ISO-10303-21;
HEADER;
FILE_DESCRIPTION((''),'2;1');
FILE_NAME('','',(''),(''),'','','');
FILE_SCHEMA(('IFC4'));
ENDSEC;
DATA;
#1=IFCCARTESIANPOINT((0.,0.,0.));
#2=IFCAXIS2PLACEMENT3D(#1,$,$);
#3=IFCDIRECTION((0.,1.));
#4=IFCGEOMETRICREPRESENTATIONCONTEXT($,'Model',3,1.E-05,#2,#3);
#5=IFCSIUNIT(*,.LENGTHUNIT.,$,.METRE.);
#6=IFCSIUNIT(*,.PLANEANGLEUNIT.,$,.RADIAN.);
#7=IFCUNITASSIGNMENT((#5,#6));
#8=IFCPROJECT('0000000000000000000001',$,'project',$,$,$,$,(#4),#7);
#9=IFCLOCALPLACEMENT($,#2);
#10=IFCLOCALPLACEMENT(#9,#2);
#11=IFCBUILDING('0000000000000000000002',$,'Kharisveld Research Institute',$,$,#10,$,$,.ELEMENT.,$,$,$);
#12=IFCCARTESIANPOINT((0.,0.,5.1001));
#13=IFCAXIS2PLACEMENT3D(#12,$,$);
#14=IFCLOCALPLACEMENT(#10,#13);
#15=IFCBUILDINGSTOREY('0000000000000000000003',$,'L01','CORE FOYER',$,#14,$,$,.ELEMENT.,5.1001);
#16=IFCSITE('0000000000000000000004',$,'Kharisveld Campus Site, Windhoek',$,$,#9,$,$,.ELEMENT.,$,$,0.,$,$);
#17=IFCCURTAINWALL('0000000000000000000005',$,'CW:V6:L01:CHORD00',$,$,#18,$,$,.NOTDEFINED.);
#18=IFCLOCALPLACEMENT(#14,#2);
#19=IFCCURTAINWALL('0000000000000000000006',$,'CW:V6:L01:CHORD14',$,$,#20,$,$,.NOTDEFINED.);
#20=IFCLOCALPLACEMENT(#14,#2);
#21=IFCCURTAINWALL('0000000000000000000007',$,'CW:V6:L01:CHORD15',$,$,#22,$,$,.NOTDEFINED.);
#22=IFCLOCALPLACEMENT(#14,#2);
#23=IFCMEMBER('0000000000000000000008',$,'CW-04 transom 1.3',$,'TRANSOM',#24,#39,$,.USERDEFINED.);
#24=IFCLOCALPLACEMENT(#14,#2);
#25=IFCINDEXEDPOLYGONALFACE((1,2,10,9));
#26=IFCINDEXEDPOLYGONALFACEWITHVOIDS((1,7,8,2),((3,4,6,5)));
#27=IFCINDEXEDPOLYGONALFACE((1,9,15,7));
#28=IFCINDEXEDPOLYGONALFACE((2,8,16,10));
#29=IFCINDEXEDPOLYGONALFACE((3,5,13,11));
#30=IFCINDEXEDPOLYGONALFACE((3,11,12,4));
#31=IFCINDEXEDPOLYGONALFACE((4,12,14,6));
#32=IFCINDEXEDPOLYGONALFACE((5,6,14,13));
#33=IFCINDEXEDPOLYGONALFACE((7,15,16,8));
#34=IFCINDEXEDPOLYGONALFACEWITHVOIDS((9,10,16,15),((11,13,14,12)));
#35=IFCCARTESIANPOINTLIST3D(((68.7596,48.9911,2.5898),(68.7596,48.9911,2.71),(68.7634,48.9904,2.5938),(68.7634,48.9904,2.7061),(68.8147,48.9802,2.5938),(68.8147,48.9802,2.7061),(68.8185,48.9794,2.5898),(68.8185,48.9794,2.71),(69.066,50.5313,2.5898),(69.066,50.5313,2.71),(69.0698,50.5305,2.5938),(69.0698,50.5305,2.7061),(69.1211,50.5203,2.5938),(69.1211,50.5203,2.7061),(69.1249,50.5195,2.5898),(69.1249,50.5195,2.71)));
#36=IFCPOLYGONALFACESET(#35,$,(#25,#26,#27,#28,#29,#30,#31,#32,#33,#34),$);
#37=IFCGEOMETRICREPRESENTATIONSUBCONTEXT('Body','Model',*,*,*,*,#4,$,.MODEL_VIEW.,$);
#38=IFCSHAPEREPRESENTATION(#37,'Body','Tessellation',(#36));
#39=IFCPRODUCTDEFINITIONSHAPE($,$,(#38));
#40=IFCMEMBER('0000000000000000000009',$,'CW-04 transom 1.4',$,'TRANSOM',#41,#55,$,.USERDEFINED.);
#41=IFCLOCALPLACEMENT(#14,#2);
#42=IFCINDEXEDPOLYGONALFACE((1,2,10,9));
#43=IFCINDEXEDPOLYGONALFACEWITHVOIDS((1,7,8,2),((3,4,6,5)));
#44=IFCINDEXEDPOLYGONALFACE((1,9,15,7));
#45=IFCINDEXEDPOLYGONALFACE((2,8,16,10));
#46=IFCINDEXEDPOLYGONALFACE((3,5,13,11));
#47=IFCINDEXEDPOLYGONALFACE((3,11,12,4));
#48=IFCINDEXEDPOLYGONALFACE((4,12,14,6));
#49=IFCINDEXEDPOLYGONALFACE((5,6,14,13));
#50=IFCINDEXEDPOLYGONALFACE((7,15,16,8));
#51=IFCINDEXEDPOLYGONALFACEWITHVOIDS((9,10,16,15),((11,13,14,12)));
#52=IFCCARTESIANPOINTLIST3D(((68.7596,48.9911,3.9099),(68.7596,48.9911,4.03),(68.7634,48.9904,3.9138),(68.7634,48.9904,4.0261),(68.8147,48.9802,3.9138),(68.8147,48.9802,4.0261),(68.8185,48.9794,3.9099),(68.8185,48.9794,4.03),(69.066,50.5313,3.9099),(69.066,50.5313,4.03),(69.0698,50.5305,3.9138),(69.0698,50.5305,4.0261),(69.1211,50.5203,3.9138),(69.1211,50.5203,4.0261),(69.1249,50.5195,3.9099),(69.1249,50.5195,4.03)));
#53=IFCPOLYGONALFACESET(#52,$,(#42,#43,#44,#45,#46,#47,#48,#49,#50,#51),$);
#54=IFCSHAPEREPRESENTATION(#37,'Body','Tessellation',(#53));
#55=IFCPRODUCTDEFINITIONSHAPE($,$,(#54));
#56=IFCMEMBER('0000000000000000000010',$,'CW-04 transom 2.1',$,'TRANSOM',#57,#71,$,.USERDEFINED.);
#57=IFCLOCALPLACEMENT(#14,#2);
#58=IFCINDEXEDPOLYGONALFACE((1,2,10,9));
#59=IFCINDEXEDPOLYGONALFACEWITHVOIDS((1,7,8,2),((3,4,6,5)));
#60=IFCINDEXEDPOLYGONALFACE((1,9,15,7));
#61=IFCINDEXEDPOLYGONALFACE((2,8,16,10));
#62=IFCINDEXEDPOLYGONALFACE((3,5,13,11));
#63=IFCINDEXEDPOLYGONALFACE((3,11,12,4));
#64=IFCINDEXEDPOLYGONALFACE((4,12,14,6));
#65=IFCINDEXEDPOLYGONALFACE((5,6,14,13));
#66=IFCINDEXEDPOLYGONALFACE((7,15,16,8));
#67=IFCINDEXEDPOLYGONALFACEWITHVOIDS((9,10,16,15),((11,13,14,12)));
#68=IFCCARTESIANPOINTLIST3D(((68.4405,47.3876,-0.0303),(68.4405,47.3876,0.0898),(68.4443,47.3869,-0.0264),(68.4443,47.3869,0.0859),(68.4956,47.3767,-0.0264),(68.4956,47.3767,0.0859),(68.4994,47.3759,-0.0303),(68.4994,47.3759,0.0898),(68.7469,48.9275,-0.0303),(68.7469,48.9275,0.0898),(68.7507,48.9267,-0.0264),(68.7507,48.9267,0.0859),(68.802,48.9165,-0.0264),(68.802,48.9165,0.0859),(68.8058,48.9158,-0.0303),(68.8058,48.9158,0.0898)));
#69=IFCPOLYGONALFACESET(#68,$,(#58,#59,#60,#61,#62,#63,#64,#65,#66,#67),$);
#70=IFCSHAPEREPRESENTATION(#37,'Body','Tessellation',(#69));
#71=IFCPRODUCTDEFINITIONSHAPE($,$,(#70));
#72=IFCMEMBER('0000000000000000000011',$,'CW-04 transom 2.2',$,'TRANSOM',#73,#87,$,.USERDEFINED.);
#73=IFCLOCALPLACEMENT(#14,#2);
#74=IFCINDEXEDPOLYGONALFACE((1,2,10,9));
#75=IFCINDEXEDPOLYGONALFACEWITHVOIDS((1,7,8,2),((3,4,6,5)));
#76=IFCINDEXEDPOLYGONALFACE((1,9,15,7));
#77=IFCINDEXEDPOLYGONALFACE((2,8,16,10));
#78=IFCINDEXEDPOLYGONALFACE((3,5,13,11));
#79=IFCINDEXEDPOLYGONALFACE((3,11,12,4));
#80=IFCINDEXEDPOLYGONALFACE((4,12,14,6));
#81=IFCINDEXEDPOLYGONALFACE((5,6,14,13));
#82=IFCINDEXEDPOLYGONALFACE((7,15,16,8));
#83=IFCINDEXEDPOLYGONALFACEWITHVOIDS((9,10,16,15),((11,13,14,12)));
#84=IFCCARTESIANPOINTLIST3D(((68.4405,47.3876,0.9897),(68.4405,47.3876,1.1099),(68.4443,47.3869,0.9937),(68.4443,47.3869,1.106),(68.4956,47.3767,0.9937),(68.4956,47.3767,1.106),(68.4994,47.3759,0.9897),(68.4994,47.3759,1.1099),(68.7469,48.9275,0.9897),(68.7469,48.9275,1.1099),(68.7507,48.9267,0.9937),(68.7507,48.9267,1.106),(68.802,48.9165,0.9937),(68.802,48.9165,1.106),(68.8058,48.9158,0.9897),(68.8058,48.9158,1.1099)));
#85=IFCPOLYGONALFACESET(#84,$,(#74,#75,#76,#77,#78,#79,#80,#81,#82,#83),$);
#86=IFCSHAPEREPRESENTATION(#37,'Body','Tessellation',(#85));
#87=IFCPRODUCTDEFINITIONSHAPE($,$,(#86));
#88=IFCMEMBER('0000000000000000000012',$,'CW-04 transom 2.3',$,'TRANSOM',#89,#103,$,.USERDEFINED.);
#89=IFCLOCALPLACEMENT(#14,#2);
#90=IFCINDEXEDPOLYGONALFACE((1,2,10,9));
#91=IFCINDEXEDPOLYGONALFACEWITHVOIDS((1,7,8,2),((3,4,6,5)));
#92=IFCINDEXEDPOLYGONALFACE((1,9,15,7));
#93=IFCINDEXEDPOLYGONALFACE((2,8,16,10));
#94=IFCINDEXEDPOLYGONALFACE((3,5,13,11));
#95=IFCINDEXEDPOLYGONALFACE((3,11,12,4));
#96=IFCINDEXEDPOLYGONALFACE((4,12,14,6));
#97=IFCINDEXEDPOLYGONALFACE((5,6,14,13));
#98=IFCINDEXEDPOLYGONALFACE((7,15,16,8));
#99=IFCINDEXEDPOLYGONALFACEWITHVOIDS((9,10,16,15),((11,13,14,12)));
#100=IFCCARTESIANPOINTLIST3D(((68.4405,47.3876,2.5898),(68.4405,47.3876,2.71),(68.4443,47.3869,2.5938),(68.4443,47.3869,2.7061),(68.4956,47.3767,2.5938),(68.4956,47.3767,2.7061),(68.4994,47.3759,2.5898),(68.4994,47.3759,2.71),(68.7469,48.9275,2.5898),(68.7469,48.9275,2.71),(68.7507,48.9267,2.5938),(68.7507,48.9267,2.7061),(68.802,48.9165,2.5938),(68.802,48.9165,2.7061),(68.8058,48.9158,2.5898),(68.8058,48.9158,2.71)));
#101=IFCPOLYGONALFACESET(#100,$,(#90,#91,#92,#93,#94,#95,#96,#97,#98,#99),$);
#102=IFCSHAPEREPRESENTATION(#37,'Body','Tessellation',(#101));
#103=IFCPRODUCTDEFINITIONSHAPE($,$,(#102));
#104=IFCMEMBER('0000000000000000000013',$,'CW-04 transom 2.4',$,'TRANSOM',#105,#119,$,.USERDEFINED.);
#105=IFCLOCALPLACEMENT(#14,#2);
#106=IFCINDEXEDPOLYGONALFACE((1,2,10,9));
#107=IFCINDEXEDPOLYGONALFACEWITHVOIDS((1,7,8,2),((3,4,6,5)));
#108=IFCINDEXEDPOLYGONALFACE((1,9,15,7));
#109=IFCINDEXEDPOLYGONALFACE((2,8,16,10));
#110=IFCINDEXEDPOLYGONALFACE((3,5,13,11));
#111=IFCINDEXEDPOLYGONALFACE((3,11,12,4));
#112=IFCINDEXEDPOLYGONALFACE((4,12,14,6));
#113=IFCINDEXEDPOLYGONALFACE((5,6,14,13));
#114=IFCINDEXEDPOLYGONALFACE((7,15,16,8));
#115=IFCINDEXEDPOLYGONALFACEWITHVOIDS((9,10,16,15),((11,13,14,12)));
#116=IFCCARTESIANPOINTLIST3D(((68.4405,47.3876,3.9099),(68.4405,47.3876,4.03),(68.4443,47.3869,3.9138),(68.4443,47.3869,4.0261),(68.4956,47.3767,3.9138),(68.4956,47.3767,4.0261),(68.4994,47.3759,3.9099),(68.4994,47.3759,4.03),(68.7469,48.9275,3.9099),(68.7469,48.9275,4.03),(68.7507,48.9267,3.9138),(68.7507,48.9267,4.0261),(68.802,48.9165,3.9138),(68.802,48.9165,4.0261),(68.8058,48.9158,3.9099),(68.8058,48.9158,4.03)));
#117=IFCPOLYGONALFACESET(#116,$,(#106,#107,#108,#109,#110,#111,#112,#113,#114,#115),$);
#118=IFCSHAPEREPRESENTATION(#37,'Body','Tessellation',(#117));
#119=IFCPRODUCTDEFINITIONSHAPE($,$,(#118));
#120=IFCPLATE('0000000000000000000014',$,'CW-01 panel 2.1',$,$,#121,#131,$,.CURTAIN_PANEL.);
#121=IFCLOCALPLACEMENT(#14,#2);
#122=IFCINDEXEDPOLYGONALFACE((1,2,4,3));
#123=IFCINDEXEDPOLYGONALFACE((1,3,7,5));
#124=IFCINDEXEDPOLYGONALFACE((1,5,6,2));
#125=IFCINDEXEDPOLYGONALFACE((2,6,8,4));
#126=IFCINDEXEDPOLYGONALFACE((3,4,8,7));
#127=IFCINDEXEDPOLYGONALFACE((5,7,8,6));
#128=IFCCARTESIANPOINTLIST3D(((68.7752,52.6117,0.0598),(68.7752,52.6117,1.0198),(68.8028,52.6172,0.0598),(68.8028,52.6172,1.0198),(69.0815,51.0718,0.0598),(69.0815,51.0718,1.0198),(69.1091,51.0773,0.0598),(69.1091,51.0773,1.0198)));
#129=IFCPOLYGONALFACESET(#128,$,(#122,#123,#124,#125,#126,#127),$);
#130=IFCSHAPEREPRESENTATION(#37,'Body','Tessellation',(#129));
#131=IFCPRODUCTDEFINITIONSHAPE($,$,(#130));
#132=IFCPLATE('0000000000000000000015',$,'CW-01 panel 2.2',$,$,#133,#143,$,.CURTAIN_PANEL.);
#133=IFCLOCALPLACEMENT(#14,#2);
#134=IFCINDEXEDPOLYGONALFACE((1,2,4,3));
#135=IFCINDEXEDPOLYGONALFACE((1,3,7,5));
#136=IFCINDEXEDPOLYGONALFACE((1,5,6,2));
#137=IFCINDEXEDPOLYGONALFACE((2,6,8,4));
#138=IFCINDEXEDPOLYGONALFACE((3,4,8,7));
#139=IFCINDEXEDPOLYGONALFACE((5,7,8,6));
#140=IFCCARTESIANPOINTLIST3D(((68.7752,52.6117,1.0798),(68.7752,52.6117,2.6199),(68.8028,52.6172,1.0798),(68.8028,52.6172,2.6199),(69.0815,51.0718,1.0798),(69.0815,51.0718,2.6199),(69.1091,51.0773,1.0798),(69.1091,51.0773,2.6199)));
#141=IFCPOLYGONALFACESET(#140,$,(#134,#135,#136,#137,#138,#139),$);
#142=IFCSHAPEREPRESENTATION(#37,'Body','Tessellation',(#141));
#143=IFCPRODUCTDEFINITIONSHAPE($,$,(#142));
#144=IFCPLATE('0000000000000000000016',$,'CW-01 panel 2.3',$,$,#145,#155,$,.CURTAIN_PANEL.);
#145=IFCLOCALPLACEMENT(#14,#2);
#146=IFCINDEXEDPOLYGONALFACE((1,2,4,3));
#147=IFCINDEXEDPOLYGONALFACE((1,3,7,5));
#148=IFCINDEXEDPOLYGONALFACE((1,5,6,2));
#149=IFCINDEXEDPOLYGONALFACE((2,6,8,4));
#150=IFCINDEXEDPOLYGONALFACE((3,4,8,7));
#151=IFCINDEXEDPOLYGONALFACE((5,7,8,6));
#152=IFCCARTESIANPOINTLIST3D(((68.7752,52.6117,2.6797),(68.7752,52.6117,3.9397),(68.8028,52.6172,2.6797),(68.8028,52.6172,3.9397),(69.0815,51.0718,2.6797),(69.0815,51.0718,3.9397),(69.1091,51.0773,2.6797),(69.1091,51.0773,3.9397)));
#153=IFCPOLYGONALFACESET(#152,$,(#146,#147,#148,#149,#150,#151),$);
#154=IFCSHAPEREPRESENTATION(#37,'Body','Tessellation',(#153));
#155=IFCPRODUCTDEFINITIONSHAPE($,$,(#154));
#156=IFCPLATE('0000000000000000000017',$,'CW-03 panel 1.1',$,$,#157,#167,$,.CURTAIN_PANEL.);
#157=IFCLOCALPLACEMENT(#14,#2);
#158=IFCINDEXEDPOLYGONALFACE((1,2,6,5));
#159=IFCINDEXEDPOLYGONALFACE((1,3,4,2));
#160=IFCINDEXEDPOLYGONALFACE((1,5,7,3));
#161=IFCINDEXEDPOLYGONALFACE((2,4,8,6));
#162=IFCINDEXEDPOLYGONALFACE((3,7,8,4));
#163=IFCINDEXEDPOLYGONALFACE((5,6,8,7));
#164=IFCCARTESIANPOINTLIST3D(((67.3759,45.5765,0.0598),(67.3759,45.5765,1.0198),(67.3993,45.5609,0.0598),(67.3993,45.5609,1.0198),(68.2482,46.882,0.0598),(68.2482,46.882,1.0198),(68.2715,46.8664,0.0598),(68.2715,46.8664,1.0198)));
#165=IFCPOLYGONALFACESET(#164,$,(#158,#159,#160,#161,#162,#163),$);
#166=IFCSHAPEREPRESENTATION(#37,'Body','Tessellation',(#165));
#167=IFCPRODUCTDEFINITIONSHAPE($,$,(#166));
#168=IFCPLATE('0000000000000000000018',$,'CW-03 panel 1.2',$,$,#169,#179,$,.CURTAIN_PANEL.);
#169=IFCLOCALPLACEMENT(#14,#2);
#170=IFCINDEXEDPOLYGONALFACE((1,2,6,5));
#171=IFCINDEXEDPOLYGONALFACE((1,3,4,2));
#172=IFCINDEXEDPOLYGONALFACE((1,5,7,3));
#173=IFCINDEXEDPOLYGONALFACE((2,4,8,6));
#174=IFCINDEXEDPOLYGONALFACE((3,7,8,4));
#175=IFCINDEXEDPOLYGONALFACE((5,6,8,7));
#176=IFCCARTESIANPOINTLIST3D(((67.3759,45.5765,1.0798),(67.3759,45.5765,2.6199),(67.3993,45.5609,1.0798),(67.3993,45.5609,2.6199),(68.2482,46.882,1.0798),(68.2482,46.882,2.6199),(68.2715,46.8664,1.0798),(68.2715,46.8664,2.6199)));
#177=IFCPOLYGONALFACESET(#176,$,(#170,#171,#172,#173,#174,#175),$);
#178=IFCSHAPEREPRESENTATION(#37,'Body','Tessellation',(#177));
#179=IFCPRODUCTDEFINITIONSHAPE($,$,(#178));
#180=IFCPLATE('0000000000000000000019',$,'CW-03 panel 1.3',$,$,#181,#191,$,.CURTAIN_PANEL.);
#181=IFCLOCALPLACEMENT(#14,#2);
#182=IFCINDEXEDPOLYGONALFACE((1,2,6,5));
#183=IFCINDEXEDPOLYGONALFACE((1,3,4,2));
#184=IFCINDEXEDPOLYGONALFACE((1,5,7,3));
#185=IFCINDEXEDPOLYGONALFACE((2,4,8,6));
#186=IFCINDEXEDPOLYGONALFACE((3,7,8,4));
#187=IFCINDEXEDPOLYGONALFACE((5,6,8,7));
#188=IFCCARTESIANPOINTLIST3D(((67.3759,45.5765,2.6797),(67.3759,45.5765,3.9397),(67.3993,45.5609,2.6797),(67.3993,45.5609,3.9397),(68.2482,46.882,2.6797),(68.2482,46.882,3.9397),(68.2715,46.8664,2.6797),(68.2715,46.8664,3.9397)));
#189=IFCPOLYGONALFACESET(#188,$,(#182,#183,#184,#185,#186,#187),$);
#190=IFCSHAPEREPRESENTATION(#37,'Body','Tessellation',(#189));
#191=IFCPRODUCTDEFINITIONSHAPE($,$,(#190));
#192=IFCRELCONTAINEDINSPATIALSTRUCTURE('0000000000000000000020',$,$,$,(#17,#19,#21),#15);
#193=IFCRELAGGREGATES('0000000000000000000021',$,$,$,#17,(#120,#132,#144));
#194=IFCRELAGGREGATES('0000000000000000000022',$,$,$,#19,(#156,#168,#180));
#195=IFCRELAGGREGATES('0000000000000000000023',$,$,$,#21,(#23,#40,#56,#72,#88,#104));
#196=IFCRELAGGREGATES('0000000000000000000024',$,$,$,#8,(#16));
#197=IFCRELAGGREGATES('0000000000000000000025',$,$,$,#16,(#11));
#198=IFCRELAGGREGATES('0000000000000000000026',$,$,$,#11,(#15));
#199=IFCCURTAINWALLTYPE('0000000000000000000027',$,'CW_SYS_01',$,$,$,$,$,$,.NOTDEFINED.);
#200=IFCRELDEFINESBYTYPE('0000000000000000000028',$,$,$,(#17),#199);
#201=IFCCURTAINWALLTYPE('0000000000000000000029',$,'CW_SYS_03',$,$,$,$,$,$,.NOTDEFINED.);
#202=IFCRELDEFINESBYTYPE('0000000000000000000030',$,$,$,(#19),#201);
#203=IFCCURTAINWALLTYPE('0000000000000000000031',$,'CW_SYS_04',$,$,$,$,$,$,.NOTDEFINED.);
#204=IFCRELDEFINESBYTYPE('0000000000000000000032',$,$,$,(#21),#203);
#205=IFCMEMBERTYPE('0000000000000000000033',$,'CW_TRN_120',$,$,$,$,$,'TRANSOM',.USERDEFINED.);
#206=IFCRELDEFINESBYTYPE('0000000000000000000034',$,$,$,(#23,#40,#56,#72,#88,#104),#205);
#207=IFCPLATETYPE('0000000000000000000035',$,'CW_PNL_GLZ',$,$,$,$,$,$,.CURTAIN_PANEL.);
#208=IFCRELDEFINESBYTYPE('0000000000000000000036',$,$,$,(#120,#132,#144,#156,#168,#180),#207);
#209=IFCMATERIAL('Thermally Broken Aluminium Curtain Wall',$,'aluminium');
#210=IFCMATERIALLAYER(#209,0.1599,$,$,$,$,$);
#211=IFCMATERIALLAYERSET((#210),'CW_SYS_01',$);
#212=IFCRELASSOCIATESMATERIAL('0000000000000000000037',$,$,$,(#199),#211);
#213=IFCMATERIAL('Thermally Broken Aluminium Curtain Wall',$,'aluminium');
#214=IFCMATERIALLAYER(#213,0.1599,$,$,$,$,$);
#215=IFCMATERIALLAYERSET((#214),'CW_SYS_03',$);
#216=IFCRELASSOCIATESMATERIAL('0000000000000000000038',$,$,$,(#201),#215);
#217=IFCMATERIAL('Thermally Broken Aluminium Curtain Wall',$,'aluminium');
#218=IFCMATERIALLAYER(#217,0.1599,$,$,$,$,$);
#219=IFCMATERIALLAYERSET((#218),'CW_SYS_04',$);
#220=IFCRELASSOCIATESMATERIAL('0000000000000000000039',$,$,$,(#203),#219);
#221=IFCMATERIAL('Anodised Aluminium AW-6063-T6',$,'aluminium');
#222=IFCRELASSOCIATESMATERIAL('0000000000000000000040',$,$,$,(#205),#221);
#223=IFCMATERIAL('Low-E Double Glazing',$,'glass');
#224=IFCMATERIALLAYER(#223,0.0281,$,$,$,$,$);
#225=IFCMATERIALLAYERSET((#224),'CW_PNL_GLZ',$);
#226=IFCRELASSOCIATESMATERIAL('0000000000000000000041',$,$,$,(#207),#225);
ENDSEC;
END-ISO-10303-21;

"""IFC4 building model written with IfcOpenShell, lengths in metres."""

from ifc_helpers import new_model, si_unit, direction, frame, origin, origin_2d, place, context, subcontext, project, spatial, rectangle, hollow_rectangle, extrude, material, layer, layer_set, material_profile, profile_set, type_object, element, aggregate, save


model = new_model("IFC4")

# Units and contexts
model_context = context("Model", 3, precision=1e-05, world=origin(), true_north=direction((0.0, 1.0)))
body_context = subcontext(model_context, "Body", "Model", "MODEL_VIEW")
ifc_project = project(units=[si_unit("LENGTHUNIT", "METRE"), si_unit("PLANEANGLEUNIT", "RADIAN")], contexts=[model_context])

# Site, building, storey
site_placement = place(None, origin())
site = spatial("IfcSite", under=ifc_project, at=site_placement, Name="Kharisveld Campus Site, Windhoek", CompositionType="ELEMENT", RefElevation=0.0)
building_placement = place(site_placement, origin())
building = spatial("IfcBuilding", under=site, at=building_placement, Name="Kharisveld Research Institute", CompositionType="ELEMENT")
storey_placement = place(building_placement, frame((0.0, 0.0, 5.1001)))
storey = spatial("IfcBuildingStorey", under=building, at=storey_placement, Name="L01", Description="CORE FOYER", CompositionType="ELEMENT", Elevation=5.1001)

# Curtain walls
ifc_material_1 = material(Name="Thermally Broken Aluminium Curtain Wall", Category="aluminium")
ifc_layer_1 = layer(ifc_material_1, 0.1599)
ifc_layer_set_1 = layer_set([ifc_layer_1], Name="CW_SYS_01")
curtain_wall_type_1 = type_object("IfcCurtainWallType", Name="CW_SYS_01", PredefinedType="NOTDEFINED", material=ifc_layer_set_1)
curtain_wall_1_placement = place(storey_placement, origin())
curtain_wall_1 = element("IfcCurtainWall", 1, at=curtain_wall_1_placement, inside=storey, type_object=curtain_wall_type_1, Name="CW:V6:L01:CHORD00", PredefinedType="NOTDEFINED")
ifc_material_2 = material(Name="Thermally Broken Aluminium Curtain Wall", Category="aluminium")
ifc_layer_2 = layer(ifc_material_2, 0.1599)
ifc_layer_set_2 = layer_set([ifc_layer_2], Name="CW_SYS_03")
curtain_wall_type_2 = type_object("IfcCurtainWallType", Name="CW_SYS_03", PredefinedType="NOTDEFINED", material=ifc_layer_set_2)
curtain_wall_2_placement = place(storey_placement, origin())
curtain_wall_2 = element("IfcCurtainWall", 2, at=curtain_wall_2_placement, inside=storey, type_object=curtain_wall_type_2, Name="CW:V6:L01:CHORD14", PredefinedType="NOTDEFINED")

# Curtain wall
ifc_material_3 = material(Name="Thermally Broken Aluminium Curtain Wall", Category="aluminium")
ifc_layer_3 = layer(ifc_material_3, 0.1599)
ifc_layer_set_3 = layer_set([ifc_layer_3], Name="CW_SYS_04")
curtain_wall_type_3 = type_object("IfcCurtainWallType", Name="CW_SYS_04", PredefinedType="NOTDEFINED", material=ifc_layer_set_3)
curtain_wall_3_placement = place(storey_placement, origin())
curtain_wall_3 = element("IfcCurtainWall", 3, at=curtain_wall_3_placement, inside=storey, type_object=curtain_wall_type_3, Name="CW:V6:L01:CHORD15", PredefinedType="NOTDEFINED")

# Members
ifc_material_4 = material(Name="Anodised Aluminium AW-6063-T6", Category="aluminium")
ifc_material_profile_1 = material_profile(ifc_material_4, hollow_rectangle(XDim=0.0601, YDim=0.1201, WallThickness=0.0039, at=origin_2d()))
ifc_profile_set_1 = profile_set([ifc_material_profile_1], Name="Anodised Aluminium AW-6063-T6")
member_type_1 = type_object("IfcMemberType", Name="CW_TRN_120", ElementType="TRANSOM", PredefinedType="USERDEFINED", material=ifc_profile_set_1)
member_1_placement = place(storey_placement, frame((69.0955, 50.5254, 2.6499), z_axis=(-0.195129, -0.980778, 0.0), x_axis=(0.980778, -0.195129, 0.0)))
member_1 = element("IfcMember", 4, at=member_1_placement, type_object=member_type_1, Name="CW-04 transom 1.3", ObjectType="TRANSOM", PredefinedType="USERDEFINED", context=body_context, shape_type="SweptSolid", body=[
    extrude(hollow_rectangle(XDim=0.0601, YDim=0.1201, WallThickness=0.0039, at=origin_2d()), origin(), (0.0, 0.0, 1.0), 1.5703),
])
member_2_placement = place(storey_placement, frame((69.0955, 50.5254, 3.97), z_axis=(-0.195129, -0.980778, 0.0), x_axis=(0.980778, -0.195129, 0.0)))
member_2 = element("IfcMember", 5, at=member_2_placement, type_object=member_type_1, Name="CW-04 transom 1.4", ObjectType="TRANSOM", PredefinedType="USERDEFINED", context=body_context, shape_type="SweptSolid", body=[
    extrude(hollow_rectangle(XDim=0.0601, YDim=0.1201, WallThickness=0.0039, at=origin_2d()), origin(), (0.0, 0.0, 1.0), 1.5703),
])
member_3_placement = place(storey_placement, frame((68.7764, 48.9216, 0.0298), z_axis=(-0.195159, -0.980772, 0.0), x_axis=(0.980772, -0.195159, 0.0)))
member_3 = element("IfcMember", 6, at=member_3_placement, type_object=member_type_1, Name="CW-04 transom 2.1", ObjectType="TRANSOM", PredefinedType="USERDEFINED", context=body_context, shape_type="SweptSolid", body=[
    extrude(hollow_rectangle(XDim=0.0601, YDim=0.1201, WallThickness=0.0039, at=origin_2d()), origin(), (0.0, 0.0, 1.0), 1.5701),
])
member_4_placement = place(storey_placement, frame((68.7764, 48.9216, 1.0498), z_axis=(-0.195159, -0.980772, 0.0), x_axis=(0.980772, -0.195159, 0.0)))
member_4 = element("IfcMember", 7, at=member_4_placement, type_object=member_type_1, Name="CW-04 transom 2.2", ObjectType="TRANSOM", PredefinedType="USERDEFINED", context=body_context, shape_type="SweptSolid", body=[
    extrude(hollow_rectangle(XDim=0.0601, YDim=0.1201, WallThickness=0.0039, at=origin_2d()), origin(), (0.0, 0.0, 1.0), 1.5701),
])
member_5_placement = place(storey_placement, frame((68.7764, 48.9216, 2.6499), z_axis=(-0.195159, -0.980772, 0.0), x_axis=(0.980772, -0.195159, 0.0)))
member_5 = element("IfcMember", 8, at=member_5_placement, type_object=member_type_1, Name="CW-04 transom 2.3", ObjectType="TRANSOM", PredefinedType="USERDEFINED", context=body_context, shape_type="SweptSolid", body=[
    extrude(hollow_rectangle(XDim=0.0601, YDim=0.1201, WallThickness=0.0039, at=origin_2d()), origin(), (0.0, 0.0, 1.0), 1.5701),
])
member_6_placement = place(storey_placement, frame((68.7764, 48.9216, 3.97), z_axis=(-0.195159, -0.980772, 0.0), x_axis=(0.980772, -0.195159, 0.0)))
member_6 = element("IfcMember", 9, at=member_6_placement, type_object=member_type_1, Name="CW-04 transom 2.4", ObjectType="TRANSOM", PredefinedType="USERDEFINED", context=body_context, shape_type="SweptSolid", body=[
    extrude(hollow_rectangle(XDim=0.0601, YDim=0.1201, WallThickness=0.0039, at=origin_2d()), origin(), (0.0, 0.0, 1.0), 1.5701),
])

# Plates
ifc_material_5 = material(Name="Low-E Double Glazing", Category="glass")
ifc_layer_4 = layer(ifc_material_5, 0.0281)
ifc_layer_set_4 = layer_set([ifc_layer_4], Name="CW_PNL_GLZ")
plate_type = type_object("IfcPlateType", Name="CW_PNL_GLZ", PredefinedType="CURTAIN_PANEL", material=ifc_layer_set_4)
plate_1_placement = place(storey_placement, frame((68.9421, 51.8445, 0.0598), z_axis=(0.0, 0.0, 1.0), x_axis=(0.195091, -0.980785, 0.0)))
plate_1 = element("IfcPlate", 10, at=plate_1_placement, type_object=plate_type, Name="CW-01 panel 2.1", PredefinedType="CURTAIN_PANEL", context=body_context, shape_type="SweptSolid", body=[
    extrude(rectangle(XDim=1.5701, YDim=0.0281, at=origin_2d()), origin(), (0.0, 0.0, 1.0), 0.96),
])
plate_2_placement = place(storey_placement, frame((68.9421, 51.8445, 1.0798), z_axis=(0.0, 0.0, 1.0), x_axis=(0.195091, -0.980785, 0.0)))
plate_2 = element("IfcPlate", 11, at=plate_2_placement, type_object=plate_type, Name="CW-01 panel 2.2", PredefinedType="CURTAIN_PANEL", context=body_context, shape_type="SweptSolid", body=[
    extrude(rectangle(XDim=1.5701, YDim=0.0281, at=origin_2d()), origin(), (0.0, 0.0, 1.0), 1.54),
])
plate_3_placement = place(storey_placement, frame((68.9421, 51.8445, 2.6797), z_axis=(0.0, 0.0, 1.0), x_axis=(0.195091, -0.980785, 0.0)))
plate_3 = element("IfcPlate", 12, at=plate_3_placement, type_object=plate_type, Name="CW-01 panel 2.3", PredefinedType="CURTAIN_PANEL", context=body_context, shape_type="SweptSolid", body=[
    extrude(rectangle(XDim=1.5701, YDim=0.0281, at=origin_2d()), origin(), (0.0, 0.0, 1.0), 1.26),
])
aggregate(curtain_wall_1, [plate_1, plate_2, plate_3])
plate_4_placement = place(storey_placement, frame((67.8237, 46.2214, 0.0598), z_axis=(0.0, 0.0, 1.0), x_axis=(-0.55557, -0.83147, 0.0)))
plate_4 = element("IfcPlate", 13, at=plate_4_placement, type_object=plate_type, Name="CW-03 panel 1.1", PredefinedType="CURTAIN_PANEL", context=body_context, shape_type="SweptSolid", body=[
    extrude(rectangle(XDim=1.5701, YDim=0.0281, at=origin_2d()), origin(), (0.0, 0.0, 1.0), 0.96),
])
plate_5_placement = place(storey_placement, frame((67.8237, 46.2214, 1.0798), z_axis=(0.0, 0.0, 1.0), x_axis=(-0.55557, -0.83147, 0.0)))
plate_5 = element("IfcPlate", 14, at=plate_5_placement, type_object=plate_type, Name="CW-03 panel 1.2", PredefinedType="CURTAIN_PANEL", context=body_context, shape_type="SweptSolid", body=[
    extrude(rectangle(XDim=1.5701, YDim=0.0281, at=origin_2d()), origin(), (0.0, 0.0, 1.0), 1.54),
])
plate_6_placement = place(storey_placement, frame((67.8237, 46.2214, 2.6797), z_axis=(0.0, 0.0, 1.0), x_axis=(-0.55557, -0.83147, 0.0)))
plate_6 = element("IfcPlate", 15, at=plate_6_placement, type_object=plate_type, Name="CW-03 panel 1.3", PredefinedType="CURTAIN_PANEL", context=body_context, shape_type="SweptSolid", body=[
    extrude(rectangle(XDim=1.5701, YDim=0.0281, at=origin_2d()), origin(), (0.0, 0.0, 1.0), 1.26),
])
aggregate(curtain_wall_2, [plate_4, plate_5, plate_6])
aggregate(curtain_wall_3, [member_1, member_2, member_3, member_4, member_5, member_6])

save(model, "model.ifc")
